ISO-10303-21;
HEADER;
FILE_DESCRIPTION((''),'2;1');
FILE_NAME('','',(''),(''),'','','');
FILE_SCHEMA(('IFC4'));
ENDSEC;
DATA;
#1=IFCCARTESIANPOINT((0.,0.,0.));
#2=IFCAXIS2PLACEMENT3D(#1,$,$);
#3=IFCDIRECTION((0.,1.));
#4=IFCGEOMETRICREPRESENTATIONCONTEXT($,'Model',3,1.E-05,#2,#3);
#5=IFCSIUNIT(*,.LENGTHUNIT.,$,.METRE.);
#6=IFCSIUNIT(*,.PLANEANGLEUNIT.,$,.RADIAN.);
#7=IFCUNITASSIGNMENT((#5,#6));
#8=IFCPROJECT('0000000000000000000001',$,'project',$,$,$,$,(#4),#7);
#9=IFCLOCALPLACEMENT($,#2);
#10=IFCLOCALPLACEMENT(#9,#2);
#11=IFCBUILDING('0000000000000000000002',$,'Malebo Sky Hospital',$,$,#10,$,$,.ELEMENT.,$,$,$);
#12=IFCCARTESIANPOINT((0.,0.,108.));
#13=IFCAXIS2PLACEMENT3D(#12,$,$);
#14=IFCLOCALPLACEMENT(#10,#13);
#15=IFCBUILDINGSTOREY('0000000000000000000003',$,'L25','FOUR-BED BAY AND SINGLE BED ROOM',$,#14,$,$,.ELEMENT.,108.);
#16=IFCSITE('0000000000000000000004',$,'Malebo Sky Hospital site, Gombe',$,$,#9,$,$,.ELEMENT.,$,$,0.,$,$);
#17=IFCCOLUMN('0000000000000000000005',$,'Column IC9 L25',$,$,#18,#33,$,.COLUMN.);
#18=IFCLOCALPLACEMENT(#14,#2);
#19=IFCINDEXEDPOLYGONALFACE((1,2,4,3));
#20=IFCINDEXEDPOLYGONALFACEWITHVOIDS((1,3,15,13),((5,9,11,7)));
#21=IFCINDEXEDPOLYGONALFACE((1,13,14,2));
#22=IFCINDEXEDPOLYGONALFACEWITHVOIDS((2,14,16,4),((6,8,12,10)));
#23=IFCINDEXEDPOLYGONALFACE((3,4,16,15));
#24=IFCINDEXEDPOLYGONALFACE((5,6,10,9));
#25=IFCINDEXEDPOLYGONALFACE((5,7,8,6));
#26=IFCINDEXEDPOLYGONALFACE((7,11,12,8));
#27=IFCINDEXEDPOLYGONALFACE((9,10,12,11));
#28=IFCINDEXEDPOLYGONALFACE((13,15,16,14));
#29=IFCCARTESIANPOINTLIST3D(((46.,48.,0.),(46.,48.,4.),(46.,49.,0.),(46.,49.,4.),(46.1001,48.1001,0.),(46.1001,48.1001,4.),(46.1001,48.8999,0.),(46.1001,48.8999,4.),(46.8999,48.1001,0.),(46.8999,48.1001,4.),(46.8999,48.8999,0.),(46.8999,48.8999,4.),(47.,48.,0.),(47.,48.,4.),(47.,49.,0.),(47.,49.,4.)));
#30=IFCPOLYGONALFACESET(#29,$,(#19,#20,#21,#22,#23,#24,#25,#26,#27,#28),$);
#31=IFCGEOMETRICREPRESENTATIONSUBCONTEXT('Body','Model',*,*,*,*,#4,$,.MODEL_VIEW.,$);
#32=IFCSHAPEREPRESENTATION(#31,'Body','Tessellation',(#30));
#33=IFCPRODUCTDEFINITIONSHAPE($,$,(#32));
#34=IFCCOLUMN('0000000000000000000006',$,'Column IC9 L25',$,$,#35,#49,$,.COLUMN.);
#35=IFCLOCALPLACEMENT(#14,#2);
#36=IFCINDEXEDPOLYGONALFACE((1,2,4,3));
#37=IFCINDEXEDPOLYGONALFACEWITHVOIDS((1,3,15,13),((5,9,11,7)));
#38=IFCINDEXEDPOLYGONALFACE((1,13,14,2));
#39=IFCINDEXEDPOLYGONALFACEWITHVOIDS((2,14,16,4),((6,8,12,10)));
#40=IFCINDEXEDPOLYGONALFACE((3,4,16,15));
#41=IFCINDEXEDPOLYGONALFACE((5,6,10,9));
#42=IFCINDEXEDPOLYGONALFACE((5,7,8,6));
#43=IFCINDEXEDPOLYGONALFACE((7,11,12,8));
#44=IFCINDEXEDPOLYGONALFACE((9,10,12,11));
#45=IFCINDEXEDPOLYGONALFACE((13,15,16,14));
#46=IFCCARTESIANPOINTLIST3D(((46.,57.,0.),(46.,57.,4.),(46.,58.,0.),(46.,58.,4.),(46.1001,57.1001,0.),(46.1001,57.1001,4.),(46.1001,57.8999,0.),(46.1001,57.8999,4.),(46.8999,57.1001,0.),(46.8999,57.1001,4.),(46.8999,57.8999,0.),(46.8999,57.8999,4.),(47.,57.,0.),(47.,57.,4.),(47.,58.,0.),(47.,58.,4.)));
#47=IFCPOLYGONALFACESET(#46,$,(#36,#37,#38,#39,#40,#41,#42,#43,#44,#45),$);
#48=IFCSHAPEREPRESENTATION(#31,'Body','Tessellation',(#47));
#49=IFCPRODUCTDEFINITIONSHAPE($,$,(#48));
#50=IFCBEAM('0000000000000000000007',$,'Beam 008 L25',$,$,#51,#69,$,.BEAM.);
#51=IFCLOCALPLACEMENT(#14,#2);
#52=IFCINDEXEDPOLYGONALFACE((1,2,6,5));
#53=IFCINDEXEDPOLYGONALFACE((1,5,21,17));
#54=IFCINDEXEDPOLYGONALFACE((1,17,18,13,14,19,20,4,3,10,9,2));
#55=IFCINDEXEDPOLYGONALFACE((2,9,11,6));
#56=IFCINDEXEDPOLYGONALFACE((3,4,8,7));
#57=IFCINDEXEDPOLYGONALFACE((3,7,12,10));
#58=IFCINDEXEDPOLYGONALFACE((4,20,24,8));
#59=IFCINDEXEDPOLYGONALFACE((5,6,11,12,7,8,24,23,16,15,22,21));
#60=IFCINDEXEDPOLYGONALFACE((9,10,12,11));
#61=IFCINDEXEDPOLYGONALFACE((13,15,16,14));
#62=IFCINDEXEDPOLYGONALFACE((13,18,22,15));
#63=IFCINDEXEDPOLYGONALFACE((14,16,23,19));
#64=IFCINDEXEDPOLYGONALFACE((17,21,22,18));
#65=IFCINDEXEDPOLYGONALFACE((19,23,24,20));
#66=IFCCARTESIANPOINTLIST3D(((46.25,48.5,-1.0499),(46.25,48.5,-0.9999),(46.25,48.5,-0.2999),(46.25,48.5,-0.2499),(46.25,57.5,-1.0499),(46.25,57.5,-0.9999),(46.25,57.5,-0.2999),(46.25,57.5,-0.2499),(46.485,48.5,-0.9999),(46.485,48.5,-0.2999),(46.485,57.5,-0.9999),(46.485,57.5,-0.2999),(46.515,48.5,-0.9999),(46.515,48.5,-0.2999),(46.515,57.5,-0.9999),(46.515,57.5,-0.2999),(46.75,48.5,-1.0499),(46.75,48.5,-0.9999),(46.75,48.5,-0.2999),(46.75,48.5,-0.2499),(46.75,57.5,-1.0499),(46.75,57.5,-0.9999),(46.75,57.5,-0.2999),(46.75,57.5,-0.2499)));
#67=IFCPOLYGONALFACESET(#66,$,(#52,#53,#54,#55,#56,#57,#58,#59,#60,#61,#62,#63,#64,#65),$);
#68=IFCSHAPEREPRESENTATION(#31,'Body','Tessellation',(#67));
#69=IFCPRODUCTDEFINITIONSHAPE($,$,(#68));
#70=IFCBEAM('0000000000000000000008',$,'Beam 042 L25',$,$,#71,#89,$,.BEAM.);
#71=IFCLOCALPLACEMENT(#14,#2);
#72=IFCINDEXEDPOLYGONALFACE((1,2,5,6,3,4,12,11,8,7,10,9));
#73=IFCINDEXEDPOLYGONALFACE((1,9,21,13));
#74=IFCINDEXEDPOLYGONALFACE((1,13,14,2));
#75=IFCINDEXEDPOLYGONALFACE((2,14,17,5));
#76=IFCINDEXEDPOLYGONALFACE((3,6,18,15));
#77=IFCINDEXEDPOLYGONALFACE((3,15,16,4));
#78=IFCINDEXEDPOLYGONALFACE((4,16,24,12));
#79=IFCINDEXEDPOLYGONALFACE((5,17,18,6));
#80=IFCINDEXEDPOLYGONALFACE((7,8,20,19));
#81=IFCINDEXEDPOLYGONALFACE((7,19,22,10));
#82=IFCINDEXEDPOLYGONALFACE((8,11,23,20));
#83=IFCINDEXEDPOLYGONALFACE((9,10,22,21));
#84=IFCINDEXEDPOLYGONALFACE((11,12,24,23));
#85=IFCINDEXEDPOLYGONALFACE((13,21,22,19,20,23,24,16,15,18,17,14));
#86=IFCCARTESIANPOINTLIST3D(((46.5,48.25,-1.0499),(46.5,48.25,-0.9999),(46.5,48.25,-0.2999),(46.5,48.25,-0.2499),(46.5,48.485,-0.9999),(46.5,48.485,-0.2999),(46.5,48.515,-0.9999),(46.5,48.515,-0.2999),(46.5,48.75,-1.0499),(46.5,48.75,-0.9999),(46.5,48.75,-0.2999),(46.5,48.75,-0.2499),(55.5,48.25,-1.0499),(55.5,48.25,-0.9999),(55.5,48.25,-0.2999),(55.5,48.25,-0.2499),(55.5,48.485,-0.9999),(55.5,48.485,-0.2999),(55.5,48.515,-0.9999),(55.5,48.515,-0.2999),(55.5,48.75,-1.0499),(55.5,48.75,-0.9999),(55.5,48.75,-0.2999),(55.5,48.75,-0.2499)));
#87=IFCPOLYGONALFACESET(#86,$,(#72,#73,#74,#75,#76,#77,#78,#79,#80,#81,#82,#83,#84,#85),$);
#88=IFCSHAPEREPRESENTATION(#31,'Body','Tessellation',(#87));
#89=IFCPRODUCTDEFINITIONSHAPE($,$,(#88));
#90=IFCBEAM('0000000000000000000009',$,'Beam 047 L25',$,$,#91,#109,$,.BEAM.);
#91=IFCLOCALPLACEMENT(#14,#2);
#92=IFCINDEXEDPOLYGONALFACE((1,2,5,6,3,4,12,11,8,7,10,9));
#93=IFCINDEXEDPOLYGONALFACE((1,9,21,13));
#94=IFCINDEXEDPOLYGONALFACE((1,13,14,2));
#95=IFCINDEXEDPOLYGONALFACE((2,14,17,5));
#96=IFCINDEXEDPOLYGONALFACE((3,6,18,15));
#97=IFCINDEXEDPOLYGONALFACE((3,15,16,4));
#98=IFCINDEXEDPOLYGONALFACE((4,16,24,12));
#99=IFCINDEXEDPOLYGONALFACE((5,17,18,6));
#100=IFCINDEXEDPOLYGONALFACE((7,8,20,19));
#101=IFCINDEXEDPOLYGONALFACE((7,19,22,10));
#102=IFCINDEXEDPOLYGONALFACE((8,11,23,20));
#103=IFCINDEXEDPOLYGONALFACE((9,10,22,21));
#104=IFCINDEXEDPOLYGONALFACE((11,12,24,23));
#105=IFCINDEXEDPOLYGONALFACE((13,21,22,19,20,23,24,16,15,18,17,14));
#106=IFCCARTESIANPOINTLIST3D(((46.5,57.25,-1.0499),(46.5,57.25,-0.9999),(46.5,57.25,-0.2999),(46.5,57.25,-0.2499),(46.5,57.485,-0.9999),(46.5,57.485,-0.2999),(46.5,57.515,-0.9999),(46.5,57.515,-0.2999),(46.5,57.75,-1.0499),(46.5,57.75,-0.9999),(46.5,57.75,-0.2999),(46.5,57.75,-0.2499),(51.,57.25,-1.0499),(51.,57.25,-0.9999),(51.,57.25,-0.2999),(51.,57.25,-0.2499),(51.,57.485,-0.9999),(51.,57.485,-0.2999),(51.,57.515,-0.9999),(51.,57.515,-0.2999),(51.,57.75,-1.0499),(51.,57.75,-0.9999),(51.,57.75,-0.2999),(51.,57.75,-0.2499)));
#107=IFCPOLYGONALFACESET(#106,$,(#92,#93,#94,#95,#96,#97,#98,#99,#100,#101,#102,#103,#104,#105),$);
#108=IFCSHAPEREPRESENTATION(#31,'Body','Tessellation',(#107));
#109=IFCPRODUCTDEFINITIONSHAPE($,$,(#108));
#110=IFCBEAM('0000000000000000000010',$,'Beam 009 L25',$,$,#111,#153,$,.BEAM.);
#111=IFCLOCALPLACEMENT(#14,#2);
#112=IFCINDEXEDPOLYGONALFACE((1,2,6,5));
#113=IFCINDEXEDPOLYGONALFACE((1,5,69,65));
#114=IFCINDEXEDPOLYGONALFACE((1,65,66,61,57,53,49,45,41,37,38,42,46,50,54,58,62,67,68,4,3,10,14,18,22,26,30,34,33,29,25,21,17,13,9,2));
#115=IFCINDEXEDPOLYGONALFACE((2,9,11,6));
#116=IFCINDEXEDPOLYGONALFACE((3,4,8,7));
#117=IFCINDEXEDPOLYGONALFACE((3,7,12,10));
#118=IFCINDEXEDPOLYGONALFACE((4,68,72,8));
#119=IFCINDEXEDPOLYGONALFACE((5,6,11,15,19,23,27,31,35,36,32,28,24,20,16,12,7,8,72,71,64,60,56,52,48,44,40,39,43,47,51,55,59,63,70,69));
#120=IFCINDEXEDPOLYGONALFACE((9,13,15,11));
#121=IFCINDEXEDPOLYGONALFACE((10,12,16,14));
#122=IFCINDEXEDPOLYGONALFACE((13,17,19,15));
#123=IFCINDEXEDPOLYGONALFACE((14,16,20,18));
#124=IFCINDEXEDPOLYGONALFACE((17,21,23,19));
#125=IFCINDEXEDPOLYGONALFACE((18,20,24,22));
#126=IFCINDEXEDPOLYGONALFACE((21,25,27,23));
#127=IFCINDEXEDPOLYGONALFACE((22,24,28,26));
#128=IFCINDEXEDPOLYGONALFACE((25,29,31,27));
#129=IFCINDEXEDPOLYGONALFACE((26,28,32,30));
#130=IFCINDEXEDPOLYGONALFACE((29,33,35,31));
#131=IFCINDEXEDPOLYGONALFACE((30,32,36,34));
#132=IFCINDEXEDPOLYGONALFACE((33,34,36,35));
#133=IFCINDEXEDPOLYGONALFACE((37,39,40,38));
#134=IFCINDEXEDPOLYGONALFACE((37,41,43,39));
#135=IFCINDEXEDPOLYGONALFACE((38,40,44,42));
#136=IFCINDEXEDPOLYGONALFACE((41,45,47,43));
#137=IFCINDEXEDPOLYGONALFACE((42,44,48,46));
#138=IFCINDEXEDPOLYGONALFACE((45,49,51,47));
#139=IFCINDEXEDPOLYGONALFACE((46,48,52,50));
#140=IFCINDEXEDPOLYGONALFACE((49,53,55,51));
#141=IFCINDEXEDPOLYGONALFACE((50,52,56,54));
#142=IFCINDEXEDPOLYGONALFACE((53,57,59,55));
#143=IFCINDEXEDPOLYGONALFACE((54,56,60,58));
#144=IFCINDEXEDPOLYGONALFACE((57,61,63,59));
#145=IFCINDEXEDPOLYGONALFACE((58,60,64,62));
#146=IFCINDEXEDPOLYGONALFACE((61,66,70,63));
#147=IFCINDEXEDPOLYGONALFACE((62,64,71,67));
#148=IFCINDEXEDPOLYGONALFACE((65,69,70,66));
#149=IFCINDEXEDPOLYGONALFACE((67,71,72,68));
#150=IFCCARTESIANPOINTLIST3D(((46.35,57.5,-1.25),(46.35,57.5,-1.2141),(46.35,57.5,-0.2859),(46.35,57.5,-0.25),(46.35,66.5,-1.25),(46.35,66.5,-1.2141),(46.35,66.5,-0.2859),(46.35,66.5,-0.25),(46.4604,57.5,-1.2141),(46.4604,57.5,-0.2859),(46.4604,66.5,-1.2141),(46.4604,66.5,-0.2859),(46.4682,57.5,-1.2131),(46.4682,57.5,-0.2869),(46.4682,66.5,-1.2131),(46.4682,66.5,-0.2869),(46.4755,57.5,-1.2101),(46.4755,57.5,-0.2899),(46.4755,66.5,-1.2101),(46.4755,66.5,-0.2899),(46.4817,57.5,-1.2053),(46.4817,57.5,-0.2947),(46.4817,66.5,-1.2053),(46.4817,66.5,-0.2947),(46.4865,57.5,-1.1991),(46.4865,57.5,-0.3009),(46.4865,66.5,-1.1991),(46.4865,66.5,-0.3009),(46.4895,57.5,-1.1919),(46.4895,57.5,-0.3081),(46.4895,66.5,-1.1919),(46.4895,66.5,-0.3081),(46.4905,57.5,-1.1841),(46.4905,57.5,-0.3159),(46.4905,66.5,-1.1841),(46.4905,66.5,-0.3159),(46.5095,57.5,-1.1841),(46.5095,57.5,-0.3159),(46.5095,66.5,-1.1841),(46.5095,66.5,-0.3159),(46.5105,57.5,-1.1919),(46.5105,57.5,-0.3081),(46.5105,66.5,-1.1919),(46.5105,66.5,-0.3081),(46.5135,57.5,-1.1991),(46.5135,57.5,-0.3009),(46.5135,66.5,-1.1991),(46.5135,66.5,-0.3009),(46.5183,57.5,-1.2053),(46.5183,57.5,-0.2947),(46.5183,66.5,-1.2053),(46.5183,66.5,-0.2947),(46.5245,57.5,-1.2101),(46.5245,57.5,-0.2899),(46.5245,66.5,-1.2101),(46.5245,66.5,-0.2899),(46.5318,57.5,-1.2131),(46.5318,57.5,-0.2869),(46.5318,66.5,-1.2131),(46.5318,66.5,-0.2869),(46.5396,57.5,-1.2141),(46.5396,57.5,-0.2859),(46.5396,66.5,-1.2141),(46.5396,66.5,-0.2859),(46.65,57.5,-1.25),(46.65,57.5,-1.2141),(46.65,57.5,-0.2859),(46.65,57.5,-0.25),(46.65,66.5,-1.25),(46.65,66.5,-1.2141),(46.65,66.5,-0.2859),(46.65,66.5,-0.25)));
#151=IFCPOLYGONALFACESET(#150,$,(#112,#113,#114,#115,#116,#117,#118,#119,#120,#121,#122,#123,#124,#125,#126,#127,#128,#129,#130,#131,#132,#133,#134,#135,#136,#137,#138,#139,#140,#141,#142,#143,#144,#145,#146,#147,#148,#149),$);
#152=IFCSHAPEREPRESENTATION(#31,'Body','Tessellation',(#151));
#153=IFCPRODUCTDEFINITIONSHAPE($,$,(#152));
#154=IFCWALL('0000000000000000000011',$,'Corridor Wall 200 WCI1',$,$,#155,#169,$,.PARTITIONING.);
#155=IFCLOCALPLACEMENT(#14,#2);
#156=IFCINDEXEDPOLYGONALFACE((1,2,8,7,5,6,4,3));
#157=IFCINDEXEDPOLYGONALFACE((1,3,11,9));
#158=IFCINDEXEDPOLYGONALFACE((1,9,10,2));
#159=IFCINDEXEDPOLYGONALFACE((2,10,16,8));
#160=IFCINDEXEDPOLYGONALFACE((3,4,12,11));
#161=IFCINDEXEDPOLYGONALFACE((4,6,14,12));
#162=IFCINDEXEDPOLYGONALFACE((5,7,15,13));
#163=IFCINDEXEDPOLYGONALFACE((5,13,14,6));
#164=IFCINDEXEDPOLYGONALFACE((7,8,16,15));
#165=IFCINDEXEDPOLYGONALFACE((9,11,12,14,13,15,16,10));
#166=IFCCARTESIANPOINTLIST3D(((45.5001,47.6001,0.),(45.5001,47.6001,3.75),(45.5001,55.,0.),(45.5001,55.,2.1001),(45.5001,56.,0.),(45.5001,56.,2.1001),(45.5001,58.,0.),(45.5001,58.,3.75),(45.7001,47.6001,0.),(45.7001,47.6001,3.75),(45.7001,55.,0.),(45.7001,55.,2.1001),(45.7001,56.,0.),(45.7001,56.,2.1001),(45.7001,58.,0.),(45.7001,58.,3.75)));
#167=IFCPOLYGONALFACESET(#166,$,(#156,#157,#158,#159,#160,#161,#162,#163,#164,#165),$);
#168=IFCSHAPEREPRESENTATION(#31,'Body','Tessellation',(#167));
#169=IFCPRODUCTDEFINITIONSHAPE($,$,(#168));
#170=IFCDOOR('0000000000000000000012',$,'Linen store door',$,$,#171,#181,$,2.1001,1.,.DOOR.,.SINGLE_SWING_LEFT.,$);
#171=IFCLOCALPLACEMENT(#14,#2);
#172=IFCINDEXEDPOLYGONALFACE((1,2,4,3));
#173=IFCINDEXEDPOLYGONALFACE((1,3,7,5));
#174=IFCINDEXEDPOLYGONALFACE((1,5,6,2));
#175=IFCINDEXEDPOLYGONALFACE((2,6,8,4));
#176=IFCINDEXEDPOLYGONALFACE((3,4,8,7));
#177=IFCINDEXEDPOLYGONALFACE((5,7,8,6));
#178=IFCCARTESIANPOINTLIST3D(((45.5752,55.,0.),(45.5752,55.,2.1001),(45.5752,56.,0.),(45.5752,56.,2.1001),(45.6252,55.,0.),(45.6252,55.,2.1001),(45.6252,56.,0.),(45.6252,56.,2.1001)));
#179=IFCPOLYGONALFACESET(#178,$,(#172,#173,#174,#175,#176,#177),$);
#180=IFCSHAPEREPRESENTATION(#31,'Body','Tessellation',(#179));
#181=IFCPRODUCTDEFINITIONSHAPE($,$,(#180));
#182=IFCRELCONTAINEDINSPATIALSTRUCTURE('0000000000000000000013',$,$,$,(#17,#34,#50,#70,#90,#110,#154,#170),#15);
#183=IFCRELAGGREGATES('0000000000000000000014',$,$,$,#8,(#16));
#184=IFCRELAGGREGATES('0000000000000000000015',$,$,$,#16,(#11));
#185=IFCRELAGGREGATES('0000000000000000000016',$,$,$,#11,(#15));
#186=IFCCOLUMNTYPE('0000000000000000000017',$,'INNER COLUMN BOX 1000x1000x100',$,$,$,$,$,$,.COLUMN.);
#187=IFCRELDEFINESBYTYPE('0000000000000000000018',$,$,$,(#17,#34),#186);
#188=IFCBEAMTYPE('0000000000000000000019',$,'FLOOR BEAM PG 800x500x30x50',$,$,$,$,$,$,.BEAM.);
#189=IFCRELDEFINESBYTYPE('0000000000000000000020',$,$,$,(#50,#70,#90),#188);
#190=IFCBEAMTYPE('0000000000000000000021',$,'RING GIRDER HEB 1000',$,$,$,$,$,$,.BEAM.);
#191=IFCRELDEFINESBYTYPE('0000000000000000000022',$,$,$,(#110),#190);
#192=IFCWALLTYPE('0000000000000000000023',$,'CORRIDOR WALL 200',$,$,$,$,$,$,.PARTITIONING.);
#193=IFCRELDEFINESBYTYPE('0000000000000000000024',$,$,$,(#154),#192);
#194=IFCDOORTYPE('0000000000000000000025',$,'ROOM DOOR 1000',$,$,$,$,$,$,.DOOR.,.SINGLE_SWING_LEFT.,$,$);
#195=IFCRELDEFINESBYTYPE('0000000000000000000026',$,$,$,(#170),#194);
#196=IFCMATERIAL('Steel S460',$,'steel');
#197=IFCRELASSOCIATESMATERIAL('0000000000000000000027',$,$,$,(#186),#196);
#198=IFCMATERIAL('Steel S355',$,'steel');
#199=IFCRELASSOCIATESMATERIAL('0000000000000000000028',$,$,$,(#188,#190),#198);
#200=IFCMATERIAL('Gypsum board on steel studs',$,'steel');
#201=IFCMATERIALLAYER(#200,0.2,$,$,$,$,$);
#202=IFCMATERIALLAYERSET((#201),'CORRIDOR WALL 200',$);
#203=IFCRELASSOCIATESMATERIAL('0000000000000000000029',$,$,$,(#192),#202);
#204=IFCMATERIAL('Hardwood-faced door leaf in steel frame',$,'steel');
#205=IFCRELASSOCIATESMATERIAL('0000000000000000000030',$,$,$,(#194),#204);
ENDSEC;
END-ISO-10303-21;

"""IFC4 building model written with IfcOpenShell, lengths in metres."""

from ifc_helpers import new_model, si_unit, direction, frame, frame_2d, origin, origin_2d, place, context, subcontext, project, spatial, rectangle, hollow_rectangle, i_section, extrude, material, layer, layer_set, material_profile, profile_set, type_object, element, fill, save


model = new_model("IFC4")

# Units and contexts
model_context = context("Model", 3, precision=1e-05, world=origin(), true_north=direction((0.0, 1.0)))
body_context = subcontext(model_context, "Body", "Model", "MODEL_VIEW")
ifc_project = project(units=[si_unit("LENGTHUNIT", "METRE"), si_unit("PLANEANGLEUNIT", "RADIAN")], contexts=[model_context])

# Site, building, storey
site_placement = place(None, origin())
site = spatial("IfcSite", under=ifc_project, at=site_placement, Name="Malebo Sky Hospital site, Gombe", CompositionType="ELEMENT", RefElevation=0.0)
building_placement = place(site_placement, origin())
building = spatial("IfcBuilding", under=site, at=building_placement, Name="Malebo Sky Hospital", CompositionType="ELEMENT")
storey_placement = place(building_placement, frame((0.0, 0.0, 108.0)))
storey = spatial("IfcBuildingStorey", under=building, at=storey_placement, Name="L25", Description="FOUR-BED BAY AND SINGLE BED ROOM", CompositionType="ELEMENT", Elevation=108.0)

# Columns
ifc_material_1 = material(Name="Steel S460", Category="steel")
ifc_material_profile_1 = material_profile(ifc_material_1, hollow_rectangle(XDim=1.0, YDim=1.0, WallThickness=0.1001, at=origin_2d()), Name="BOX 1000x1000x100")
ifc_profile_set_1 = profile_set([ifc_material_profile_1], Name="Steel S460")
column_type = type_object("IfcColumnType", Name="INNER COLUMN BOX 1000x1000x100", PredefinedType="COLUMN", material=ifc_profile_set_1)
for number, where, z_axis, x_axis, name in (
    (1, (46.5, 48.5, 0.0), (0.0, 0.0, 1.0), (1.0, 0.0, 0.0), "Column IC9 L25"),
    (2, (46.5, 57.5, 0.0), (0.0, 0.0, 1.0), (1.0, 0.0, 0.0), "Column IC9 L25"),
):
    element("IfcColumn", number, at=place(storey_placement, frame(where, z_axis=z_axis, x_axis=x_axis)), inside=storey, type_object=column_type, Name=name, PredefinedType="COLUMN", context=body_context, shape_type="SweptSolid", body=[
        extrude(hollow_rectangle(XDim=1.0, YDim=1.0, WallThickness=0.1001, at=origin_2d()), origin(), (0.0, 0.0, 1.0), 4.0),
    ])

# Beams
ifc_material_2 = material(Name="Steel S355", Category="steel")
ifc_material_profile_2 = material_profile(ifc_material_2, i_section(OverallWidth=0.5, OverallDepth=0.8, WebThickness=0.03, FlangeThickness=0.05, at=origin_2d()), Name="PG 800x500x30x50")
ifc_profile_set_2 = profile_set([ifc_material_profile_2], Name="Steel S355")
beam_type_1 = type_object("IfcBeamType", Name="FLOOR BEAM PG 800x500x30x50", PredefinedType="BEAM", material=ifc_profile_set_2)
for number, where, z_axis, x_axis, name in (
    (3, (46.5, 48.5, -0.6499), (0.0, 1.0, 0.0), (-1.0, 0.0, 0.0), "Beam 008 L25"),
    (4, (46.5, 48.5, -0.6499), (1.0, 0.0, 0.0), (0.0, 1.0, 0.0), "Beam 042 L25"),
):
    element("IfcBeam", number, at=place(storey_placement, frame(where, z_axis=z_axis, x_axis=x_axis)), inside=storey, type_object=beam_type_1, Name=name, PredefinedType="BEAM", context=body_context, shape_type="SweptSolid", body=[
        extrude(i_section(OverallWidth=0.5, OverallDepth=0.8, WebThickness=0.03, FlangeThickness=0.05, at=origin_2d()), origin(), (0.0, 0.0, 1.0), 9.0),
    ])
beam_1_placement = place(storey_placement, frame((46.5, 57.5, -0.6499), z_axis=(1.0, 0.0, 0.0), x_axis=(0.0, 1.0, 0.0)))
element("IfcBeam", 5, at=beam_1_placement, inside=storey, type_object=beam_type_1, Name="Beam 047 L25", PredefinedType="BEAM", context=body_context, shape_type="SweptSolid", body=[
    extrude(i_section(OverallWidth=0.5, OverallDepth=0.8, WebThickness=0.03, FlangeThickness=0.05, at=origin_2d()), origin(), (0.0, 0.0, 1.0), 4.5),
])
ifc_material_profile_3 = material_profile(ifc_material_2, i_section(OverallWidth=0.3, OverallDepth=1.0, WebThickness=0.019, FlangeThickness=0.0359, FilletRadius=0.03, at=origin_2d()), Name="HEB 1000")
ifc_profile_set_3 = profile_set([ifc_material_profile_3], Name="Steel S355")
beam_type_2 = type_object("IfcBeamType", Name="RING GIRDER HEB 1000", PredefinedType="BEAM", material=ifc_profile_set_3)
beam_2_placement = place(storey_placement, frame((46.5, 57.5, -0.75), z_axis=(0.0, 1.0, 0.0), x_axis=(-1.0, 0.0, 0.0)))
element("IfcBeam", 6, at=beam_2_placement, inside=storey, type_object=beam_type_2, Name="Beam 009 L25", PredefinedType="BEAM", context=body_context, shape_type="SweptSolid", body=[
    extrude(i_section(OverallWidth=0.3, OverallDepth=1.0, WebThickness=0.019, FlangeThickness=0.0359, FilletRadius=0.03, at=origin_2d()), origin(), (0.0, 0.0, 1.0), 9.0),
])

# Wall, opening, door
ifc_material_3 = material(Name="Gypsum board on steel studs", Category="steel")
ifc_layer_1 = layer(ifc_material_3, 0.2)
ifc_layer_set_1 = layer_set([ifc_layer_1], Name="CORRIDOR WALL 200")
wall_type_1 = type_object("IfcWallType", Name="CORRIDOR WALL 200", PredefinedType="PARTITIONING", material=ifc_layer_set_1)
wall_1_placement = place(storey_placement, frame((45.6001, 47.6001, 0.0), z_axis=(0.0, 0.0, 1.0), x_axis=(0.0, 1.0, 0.0)))
wall_1 = element("IfcWall", 7, at=wall_1_placement, inside=storey, type_object=wall_type_1, Name="Corridor Wall 200 WCI1", PredefinedType="PARTITIONING", context=body_context, shape_type="SweptSolid", body=[
    extrude(rectangle(XDim=10.3999, YDim=0.2, at=frame_2d((5.2, 0.0))), origin(), (0.0, 0.0, 1.0), 3.75),
])
opening_1_placement = place(wall_1_placement, frame((7.3999, 0.0, 0.0)))
opening_1 = element("IfcOpeningElement", 8, at=opening_1_placement, cuts=wall_1, PredefinedType="OPENING", context=body_context, shape_type="SweptSolid", body=[
    extrude(rectangle(XDim=1.0, YDim=2.1001, at=frame_2d((0.5, 1.05))), frame((0.0, 0.1099, 0.0), z_axis=(0.0, -1.0, 0.0), x_axis=(1.0, 0.0, 0.0)), (0.0, 0.0, 1.0), 0.22),
])
ifc_material_4 = material(Name="Hardwood-faced door leaf in steel frame", Category="steel")
door_type_1 = type_object("IfcDoorType", Name="ROOM DOOR 1000", OperationType="SINGLE_SWING_LEFT", PredefinedType="DOOR", material=ifc_material_4)
door_1_placement = place(opening_1_placement, origin())
door_1 = element("IfcDoor", 9, at=door_1_placement, inside=storey, type_object=door_type_1, Name="Linen store door", OperationType="SINGLE_SWING_LEFT", OverallHeight=2.1001, OverallWidth=1.0, PredefinedType="DOOR", context=body_context, shape_type="SweptSolid", body=[
    extrude(rectangle(XDim=1.0, YDim=2.1001, at=frame_2d((0.5, 1.05))), frame((0.0, 0.0249, 0.0), z_axis=(0.0, -1.0, 0.0), x_axis=(1.0, 0.0, 0.0)), (0.0, 0.0, 1.0), 0.05),
])
fill(opening_1, door_1)

save(model, "model.ifc")
